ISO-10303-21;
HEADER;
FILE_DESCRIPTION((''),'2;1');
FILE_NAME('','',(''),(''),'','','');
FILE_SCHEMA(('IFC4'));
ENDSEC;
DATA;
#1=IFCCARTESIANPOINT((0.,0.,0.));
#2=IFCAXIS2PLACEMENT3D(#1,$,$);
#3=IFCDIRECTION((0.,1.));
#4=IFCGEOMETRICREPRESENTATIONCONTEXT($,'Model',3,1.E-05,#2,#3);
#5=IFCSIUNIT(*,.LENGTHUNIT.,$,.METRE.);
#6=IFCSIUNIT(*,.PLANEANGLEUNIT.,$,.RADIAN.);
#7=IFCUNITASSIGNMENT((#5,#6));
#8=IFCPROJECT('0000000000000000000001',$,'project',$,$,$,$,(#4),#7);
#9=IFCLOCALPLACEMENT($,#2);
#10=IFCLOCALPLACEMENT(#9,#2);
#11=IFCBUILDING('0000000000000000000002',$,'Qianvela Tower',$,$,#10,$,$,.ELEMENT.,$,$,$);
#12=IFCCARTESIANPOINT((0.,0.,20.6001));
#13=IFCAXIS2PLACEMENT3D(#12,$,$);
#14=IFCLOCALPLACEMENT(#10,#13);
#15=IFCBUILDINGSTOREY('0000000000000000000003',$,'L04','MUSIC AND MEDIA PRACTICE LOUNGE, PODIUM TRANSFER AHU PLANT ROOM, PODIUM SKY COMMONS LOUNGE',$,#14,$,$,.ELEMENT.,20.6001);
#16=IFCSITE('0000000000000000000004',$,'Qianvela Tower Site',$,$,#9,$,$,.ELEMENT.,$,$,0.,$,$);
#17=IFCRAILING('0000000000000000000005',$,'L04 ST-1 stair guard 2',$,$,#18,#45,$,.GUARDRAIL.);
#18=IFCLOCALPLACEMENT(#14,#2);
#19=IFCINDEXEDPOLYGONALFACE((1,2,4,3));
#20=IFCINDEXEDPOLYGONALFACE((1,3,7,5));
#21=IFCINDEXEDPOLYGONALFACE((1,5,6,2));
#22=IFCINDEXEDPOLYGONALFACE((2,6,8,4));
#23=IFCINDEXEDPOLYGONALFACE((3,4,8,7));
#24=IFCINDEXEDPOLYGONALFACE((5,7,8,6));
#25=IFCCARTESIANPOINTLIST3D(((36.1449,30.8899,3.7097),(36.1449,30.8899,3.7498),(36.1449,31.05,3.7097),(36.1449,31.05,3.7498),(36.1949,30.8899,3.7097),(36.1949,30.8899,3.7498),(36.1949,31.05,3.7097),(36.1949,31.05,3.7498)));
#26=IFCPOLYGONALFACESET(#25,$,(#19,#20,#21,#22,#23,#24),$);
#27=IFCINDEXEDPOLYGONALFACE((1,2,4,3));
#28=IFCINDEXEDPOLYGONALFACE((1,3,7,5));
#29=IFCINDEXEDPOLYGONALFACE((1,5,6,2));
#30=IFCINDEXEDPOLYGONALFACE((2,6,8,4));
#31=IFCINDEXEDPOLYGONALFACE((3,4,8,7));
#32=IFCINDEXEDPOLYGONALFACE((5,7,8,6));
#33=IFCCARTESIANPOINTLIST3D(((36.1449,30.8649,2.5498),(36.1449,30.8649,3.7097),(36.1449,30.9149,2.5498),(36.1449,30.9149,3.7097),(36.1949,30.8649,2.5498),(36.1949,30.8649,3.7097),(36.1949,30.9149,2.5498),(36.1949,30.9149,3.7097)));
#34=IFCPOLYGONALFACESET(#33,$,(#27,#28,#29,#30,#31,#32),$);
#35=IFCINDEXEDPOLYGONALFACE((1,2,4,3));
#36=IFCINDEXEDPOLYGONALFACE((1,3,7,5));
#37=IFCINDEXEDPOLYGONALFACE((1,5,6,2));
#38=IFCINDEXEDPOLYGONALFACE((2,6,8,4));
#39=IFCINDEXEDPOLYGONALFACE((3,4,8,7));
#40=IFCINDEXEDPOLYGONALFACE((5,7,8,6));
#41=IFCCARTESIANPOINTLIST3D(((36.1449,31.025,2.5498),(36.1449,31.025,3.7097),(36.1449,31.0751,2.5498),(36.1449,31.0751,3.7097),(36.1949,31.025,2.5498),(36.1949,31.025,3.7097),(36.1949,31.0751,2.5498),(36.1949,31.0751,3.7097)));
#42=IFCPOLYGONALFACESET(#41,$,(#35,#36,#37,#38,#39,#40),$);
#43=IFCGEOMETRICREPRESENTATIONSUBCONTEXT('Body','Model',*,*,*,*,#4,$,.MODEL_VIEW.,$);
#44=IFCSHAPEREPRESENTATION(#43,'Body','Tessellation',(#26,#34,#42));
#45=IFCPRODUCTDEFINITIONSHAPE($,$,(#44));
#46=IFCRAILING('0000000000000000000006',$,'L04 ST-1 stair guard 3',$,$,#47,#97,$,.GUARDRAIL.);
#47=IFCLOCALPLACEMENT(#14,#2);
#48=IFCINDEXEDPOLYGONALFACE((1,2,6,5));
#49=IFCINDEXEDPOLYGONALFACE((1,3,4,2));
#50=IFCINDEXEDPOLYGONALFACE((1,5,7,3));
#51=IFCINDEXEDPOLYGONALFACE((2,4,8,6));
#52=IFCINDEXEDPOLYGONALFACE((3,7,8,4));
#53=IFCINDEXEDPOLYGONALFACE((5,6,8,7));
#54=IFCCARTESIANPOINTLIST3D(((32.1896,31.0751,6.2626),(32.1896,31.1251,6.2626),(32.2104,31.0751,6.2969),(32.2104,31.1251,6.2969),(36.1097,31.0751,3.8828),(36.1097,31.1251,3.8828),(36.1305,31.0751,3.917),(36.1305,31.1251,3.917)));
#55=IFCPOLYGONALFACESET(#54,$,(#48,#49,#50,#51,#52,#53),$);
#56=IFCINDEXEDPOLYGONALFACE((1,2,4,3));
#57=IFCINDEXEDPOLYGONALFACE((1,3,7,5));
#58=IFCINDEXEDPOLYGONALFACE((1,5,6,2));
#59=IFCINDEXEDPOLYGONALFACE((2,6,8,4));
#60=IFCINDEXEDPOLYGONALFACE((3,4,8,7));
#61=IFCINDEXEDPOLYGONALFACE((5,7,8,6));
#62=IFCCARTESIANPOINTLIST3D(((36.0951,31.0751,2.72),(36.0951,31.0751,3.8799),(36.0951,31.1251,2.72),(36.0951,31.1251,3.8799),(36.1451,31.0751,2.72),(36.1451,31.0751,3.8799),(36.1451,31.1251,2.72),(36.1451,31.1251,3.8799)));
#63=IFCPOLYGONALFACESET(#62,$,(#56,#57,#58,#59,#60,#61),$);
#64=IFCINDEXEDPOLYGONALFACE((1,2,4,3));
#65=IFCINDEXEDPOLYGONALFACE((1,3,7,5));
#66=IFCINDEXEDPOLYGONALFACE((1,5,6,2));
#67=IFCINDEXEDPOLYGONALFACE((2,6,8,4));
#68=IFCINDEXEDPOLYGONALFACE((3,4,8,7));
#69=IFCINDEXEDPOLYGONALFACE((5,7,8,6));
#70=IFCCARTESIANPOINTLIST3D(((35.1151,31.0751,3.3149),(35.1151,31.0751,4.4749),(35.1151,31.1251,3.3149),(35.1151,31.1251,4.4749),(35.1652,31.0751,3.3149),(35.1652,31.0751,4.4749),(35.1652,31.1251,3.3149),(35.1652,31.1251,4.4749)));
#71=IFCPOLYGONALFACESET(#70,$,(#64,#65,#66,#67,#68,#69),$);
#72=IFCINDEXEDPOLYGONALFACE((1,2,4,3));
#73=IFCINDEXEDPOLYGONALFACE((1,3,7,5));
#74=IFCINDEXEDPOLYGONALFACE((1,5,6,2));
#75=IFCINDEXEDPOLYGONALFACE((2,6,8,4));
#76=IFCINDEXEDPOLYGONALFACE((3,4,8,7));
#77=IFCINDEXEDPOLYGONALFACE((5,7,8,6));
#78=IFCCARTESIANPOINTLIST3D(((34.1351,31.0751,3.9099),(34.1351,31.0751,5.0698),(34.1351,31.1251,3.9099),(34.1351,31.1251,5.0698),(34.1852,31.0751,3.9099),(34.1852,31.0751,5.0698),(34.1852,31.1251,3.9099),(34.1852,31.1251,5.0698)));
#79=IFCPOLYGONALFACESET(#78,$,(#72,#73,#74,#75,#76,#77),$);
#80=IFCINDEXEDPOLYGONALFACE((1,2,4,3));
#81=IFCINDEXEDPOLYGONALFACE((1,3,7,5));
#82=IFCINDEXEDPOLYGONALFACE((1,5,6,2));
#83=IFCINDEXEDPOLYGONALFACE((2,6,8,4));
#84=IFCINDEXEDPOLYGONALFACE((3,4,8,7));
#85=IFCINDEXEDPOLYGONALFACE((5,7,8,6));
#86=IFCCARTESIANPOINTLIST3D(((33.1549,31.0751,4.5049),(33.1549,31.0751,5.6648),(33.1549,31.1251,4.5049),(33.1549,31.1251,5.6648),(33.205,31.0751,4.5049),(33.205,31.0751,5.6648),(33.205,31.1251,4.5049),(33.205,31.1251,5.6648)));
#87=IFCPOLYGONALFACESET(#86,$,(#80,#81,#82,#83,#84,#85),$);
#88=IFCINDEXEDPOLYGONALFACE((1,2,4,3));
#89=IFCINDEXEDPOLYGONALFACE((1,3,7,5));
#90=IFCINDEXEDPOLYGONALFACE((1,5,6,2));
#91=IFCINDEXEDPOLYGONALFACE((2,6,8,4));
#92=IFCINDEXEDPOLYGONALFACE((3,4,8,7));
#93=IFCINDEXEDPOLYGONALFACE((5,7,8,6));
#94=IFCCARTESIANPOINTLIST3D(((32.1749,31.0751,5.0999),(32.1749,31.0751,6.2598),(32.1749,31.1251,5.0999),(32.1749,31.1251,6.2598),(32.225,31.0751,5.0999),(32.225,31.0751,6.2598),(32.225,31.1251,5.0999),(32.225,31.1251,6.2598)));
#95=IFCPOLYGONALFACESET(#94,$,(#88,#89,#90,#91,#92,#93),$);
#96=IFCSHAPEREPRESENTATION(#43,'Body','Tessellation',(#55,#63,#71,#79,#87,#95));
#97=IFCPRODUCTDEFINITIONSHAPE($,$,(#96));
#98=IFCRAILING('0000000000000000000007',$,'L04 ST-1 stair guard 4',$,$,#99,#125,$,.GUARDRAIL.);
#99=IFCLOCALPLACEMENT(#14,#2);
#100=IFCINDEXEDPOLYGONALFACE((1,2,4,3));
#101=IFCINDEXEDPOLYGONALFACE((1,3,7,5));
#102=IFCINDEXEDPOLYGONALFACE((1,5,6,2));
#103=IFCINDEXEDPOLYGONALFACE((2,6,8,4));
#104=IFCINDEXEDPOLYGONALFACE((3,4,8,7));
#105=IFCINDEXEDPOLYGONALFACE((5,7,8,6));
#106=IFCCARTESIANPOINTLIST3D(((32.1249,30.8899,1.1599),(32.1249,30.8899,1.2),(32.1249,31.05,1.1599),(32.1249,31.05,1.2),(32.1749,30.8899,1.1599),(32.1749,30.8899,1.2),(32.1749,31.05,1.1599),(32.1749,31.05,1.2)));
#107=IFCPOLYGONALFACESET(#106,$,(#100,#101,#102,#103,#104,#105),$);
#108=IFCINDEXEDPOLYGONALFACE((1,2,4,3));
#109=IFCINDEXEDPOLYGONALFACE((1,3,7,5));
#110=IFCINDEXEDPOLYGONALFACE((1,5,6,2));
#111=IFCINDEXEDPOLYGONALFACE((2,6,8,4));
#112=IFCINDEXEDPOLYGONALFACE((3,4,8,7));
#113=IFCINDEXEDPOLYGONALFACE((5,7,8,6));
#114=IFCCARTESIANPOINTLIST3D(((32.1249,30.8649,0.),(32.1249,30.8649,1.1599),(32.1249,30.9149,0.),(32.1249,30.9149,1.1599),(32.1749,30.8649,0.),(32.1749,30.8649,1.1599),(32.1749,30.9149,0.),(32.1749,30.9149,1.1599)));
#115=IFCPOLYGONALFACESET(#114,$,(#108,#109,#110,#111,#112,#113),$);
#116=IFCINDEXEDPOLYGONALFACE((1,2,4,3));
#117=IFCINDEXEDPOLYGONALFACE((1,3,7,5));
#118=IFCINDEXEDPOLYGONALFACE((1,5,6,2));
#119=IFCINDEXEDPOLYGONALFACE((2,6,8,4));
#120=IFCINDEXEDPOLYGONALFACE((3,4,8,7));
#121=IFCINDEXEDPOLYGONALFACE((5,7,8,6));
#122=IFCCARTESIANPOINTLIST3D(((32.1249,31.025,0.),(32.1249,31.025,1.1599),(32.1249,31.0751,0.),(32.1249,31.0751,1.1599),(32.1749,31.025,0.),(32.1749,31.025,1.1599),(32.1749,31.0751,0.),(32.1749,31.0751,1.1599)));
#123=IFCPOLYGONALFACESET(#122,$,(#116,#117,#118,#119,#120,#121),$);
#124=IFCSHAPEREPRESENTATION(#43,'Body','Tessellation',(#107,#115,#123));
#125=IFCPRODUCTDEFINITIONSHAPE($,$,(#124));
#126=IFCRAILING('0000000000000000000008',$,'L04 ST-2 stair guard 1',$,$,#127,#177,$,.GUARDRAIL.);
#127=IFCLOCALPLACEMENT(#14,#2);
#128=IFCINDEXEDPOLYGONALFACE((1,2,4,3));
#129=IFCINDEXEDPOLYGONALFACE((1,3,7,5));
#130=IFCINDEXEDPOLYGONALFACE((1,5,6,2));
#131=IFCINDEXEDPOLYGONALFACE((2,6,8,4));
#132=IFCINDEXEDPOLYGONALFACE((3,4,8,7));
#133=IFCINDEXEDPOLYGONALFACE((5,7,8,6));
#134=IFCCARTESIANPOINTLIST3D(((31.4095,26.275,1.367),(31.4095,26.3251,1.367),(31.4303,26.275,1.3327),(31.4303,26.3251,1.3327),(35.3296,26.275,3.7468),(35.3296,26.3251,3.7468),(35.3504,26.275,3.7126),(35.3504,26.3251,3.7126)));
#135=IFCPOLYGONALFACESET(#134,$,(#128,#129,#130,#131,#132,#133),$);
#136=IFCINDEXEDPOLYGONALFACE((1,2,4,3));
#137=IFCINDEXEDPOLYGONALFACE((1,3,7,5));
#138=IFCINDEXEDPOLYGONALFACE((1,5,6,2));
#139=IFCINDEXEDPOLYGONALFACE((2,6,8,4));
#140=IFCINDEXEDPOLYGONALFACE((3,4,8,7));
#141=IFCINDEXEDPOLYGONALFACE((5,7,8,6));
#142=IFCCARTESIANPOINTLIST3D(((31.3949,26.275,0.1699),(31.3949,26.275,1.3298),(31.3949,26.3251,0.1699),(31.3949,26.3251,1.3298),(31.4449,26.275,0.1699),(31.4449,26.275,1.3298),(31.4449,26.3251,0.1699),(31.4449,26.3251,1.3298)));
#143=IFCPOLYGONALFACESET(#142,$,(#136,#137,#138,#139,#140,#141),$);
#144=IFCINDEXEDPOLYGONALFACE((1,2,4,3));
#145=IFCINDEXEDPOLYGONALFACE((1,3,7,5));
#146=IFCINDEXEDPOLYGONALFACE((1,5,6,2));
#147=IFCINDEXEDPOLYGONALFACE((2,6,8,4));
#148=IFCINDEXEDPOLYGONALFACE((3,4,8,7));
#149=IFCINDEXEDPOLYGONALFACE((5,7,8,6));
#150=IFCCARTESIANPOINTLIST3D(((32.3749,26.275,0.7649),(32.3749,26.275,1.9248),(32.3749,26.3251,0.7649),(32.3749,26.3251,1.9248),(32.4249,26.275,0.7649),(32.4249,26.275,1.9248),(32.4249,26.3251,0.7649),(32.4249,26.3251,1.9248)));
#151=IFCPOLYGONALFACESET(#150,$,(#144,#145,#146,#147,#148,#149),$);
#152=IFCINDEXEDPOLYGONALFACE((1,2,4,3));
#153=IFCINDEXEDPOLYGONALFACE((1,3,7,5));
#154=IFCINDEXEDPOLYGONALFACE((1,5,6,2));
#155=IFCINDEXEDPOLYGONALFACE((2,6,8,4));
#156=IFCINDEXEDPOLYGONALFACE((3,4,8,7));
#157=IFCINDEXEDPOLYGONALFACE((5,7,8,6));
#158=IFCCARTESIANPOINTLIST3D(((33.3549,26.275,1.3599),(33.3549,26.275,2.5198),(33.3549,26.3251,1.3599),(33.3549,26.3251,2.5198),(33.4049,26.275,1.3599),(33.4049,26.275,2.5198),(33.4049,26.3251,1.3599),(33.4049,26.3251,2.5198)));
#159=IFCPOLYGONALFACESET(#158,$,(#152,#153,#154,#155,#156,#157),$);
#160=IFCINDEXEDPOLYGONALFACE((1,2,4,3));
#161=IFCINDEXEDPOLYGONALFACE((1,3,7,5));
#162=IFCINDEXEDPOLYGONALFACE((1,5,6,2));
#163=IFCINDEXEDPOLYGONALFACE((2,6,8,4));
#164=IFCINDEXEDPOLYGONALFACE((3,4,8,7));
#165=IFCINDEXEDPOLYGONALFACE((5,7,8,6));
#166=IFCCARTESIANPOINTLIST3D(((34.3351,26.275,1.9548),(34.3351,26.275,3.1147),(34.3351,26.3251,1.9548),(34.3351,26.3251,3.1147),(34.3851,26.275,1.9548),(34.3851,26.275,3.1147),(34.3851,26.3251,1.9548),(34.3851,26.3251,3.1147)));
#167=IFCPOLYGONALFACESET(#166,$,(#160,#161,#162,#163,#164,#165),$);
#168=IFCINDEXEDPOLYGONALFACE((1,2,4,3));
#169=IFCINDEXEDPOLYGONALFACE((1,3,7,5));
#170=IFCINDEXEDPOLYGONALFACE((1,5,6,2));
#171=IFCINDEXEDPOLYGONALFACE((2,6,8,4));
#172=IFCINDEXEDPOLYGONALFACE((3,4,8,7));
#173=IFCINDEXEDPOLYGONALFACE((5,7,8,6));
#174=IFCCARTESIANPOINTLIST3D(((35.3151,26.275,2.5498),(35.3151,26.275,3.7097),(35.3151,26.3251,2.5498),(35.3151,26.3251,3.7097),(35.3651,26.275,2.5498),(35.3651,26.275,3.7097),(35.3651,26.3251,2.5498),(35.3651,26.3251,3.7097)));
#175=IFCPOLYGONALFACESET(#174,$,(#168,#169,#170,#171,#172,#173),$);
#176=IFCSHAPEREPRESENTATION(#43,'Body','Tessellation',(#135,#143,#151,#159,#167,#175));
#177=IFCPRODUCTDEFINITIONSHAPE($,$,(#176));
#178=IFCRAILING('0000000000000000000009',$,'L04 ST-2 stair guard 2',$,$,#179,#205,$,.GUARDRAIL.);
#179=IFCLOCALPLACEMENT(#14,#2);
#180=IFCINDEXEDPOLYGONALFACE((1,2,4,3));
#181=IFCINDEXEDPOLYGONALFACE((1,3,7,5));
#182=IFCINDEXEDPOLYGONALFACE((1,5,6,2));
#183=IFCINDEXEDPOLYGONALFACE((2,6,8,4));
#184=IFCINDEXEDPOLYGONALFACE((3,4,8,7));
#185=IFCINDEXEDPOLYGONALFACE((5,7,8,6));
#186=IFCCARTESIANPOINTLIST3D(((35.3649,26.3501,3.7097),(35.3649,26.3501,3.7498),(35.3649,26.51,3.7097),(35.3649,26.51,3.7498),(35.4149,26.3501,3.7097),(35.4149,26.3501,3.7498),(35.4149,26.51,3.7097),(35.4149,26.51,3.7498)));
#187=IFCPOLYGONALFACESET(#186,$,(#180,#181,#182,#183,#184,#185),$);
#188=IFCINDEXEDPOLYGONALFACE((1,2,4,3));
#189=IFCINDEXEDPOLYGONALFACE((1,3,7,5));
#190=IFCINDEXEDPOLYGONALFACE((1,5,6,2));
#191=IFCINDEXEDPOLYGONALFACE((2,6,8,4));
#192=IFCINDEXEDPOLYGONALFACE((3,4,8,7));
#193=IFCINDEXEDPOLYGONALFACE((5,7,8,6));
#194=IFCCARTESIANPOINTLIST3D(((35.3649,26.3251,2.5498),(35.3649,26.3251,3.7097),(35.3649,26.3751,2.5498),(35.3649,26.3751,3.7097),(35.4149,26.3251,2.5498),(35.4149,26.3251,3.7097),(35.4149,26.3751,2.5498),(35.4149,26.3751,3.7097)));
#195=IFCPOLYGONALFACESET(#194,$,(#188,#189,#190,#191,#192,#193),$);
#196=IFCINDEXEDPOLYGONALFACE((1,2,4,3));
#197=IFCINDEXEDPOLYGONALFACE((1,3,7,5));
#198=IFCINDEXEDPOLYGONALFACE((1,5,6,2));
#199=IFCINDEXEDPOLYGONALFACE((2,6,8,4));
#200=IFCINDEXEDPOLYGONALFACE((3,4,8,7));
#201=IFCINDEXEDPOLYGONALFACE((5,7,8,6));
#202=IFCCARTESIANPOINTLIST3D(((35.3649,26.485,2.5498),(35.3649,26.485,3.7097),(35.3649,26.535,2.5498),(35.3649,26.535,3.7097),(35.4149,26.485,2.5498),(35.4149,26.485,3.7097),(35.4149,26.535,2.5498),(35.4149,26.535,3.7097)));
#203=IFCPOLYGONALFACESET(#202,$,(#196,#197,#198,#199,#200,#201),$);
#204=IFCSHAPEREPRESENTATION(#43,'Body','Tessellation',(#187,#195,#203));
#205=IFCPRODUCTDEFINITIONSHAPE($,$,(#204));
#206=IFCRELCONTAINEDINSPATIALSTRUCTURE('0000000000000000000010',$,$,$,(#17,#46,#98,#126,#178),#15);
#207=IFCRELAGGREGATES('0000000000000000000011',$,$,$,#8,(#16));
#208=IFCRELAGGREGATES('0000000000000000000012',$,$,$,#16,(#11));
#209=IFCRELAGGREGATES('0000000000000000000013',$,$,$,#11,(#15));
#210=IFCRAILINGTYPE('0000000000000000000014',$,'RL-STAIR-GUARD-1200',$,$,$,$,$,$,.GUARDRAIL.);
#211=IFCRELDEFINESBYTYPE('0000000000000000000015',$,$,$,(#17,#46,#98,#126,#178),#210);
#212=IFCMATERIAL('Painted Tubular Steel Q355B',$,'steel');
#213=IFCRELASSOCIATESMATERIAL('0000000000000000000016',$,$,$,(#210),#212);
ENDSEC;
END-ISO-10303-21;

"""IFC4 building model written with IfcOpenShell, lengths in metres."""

from ifc_helpers import new_model, si_unit, direction, frame, origin, origin_2d, place, context, subcontext, project, spatial, rectangle, extrude, material, type_object, element, save


model = new_model("IFC4")

# Units and contexts
model_context = context("Model", 3, precision=1e-05, world=origin(), true_north=direction((0.0, 1.0)))
body_context = subcontext(model_context, "Body", "Model", "MODEL_VIEW")
ifc_project = project(units=[si_unit("LENGTHUNIT", "METRE"), si_unit("PLANEANGLEUNIT", "RADIAN")], contexts=[model_context])

# Site, building, storey
site_placement = place(None, origin())
site = spatial("IfcSite", under=ifc_project, at=site_placement, Name="Qianvela Tower Site", CompositionType="ELEMENT", RefElevation=0.0)
building_placement = place(site_placement, origin())
building = spatial("IfcBuilding", under=site, at=building_placement, Name="Qianvela Tower", CompositionType="ELEMENT")
storey_placement = place(building_placement, frame((0.0, 0.0, 20.6001)))
storey = spatial("IfcBuildingStorey", under=building, at=storey_placement, Name="L04", Description="MUSIC AND MEDIA PRACTICE LOUNGE, PODIUM TRANSFER AHU PLANT ROOM, PODIUM SKY COMMONS LOUNGE", CompositionType="ELEMENT", Elevation=20.6001)

# Railings
ifc_material_1 = material(Name="Painted Tubular Steel Q355B", Category="steel")
railing_type_1 = type_object("IfcRailingType", Name="RL-STAIR-GUARD-1200", PredefinedType="GUARDRAIL", material=ifc_material_1)
railing_1_placement = place(storey_placement, frame((36.1699, 30.8899, 2.5498)))
element("IfcRailing", 1, at=railing_1_placement, inside=storey, type_object=railing_type_1, Name="L04 ST-1 stair guard 2", PredefinedType="GUARDRAIL", context=body_context, shape_type="SweptSolid", body=[
    extrude(rectangle(XDim=0.05, YDim=0.04, at=origin_2d()), frame((0.0, 0.0, 1.1799), z_axis=(0.0, 1.0, 0.0), x_axis=(-1.0, 0.0, 0.0)), (0.0, 0.0, 1.0), 0.1602),
    extrude(rectangle(XDim=0.05, YDim=0.05, at=origin_2d()), origin(), (0.0, 0.0, 1.0), 1.1599),
    extrude(rectangle(XDim=0.05, YDim=0.05, at=origin_2d()), frame((0.0, 0.1602, 0.0)), (0.0, 0.0, 1.0), 1.1599),
])
railing_2_placement = place(storey_placement, frame((36.1201, 31.1001, 2.72)))
element("IfcRailing", 2, at=railing_2_placement, inside=storey, type_object=railing_type_1, Name="L04 ST-1 stair guard 3", PredefinedType="GUARDRAIL", context=body_context, shape_type="SweptSolid", body=[
    extrude(rectangle(XDim=0.05, YDim=0.04, at=origin_2d()), frame((0.0, 0.0, 1.1799), z_axis=(-0.854809, 0.0, 0.518943), x_axis=(0.0, -1.0, 0.0)), (0.0, 0.0, 1.0), 4.5859),
    extrude(rectangle(XDim=0.05, YDim=0.05, at=origin_2d()), origin(), (0.0, 0.0, 1.0), 1.1599),
    extrude(rectangle(XDim=0.05, YDim=0.05, at=origin_2d()), frame((-0.98, 0.0, 0.595)), (0.0, 0.0, 1.0), 1.1599),
    extrude(rectangle(XDim=0.05, YDim=0.05, at=origin_2d()), frame((-1.96, 0.0, 1.1899)), (0.0, 0.0, 1.0), 1.1599),
    extrude(rectangle(XDim=0.05, YDim=0.05, at=origin_2d()), frame((-2.9402, 0.0, 1.7849)), (0.0, 0.0, 1.0), 1.1599),
    extrude(rectangle(XDim=0.05, YDim=0.05, at=origin_2d()), frame((-3.9202, 0.0, 2.3799)), (0.0, 0.0, 1.0), 1.1599),
])
railing_3_placement = place(storey_placement, frame((32.1499, 30.8899, 0.0)))
element("IfcRailing", 3, at=railing_3_placement, inside=storey, type_object=railing_type_1, Name="L04 ST-1 stair guard 4", PredefinedType="GUARDRAIL", context=body_context, shape_type="SweptSolid", body=[
    extrude(rectangle(XDim=0.05, YDim=0.04, at=origin_2d()), frame((0.0, 0.0, 1.1799), z_axis=(0.0, 1.0, 0.0), x_axis=(-1.0, 0.0, 0.0)), (0.0, 0.0, 1.0), 0.1602),
    extrude(rectangle(XDim=0.05, YDim=0.05, at=origin_2d()), origin(), (0.0, 0.0, 1.0), 1.1599),
    extrude(rectangle(XDim=0.05, YDim=0.05, at=origin_2d()), frame((0.0, 0.1602, 0.0)), (0.0, 0.0, 1.0), 1.1599),
])
railing_4_placement = place(storey_placement, frame((31.4199, 26.3, 0.1699)))
element("IfcRailing", 4, at=railing_4_placement, inside=storey, type_object=railing_type_1, Name="L04 ST-2 stair guard 1", PredefinedType="GUARDRAIL", context=body_context, shape_type="SweptSolid", body=[
    extrude(rectangle(XDim=0.05, YDim=0.04, at=origin_2d()), frame((0.0, 0.0, 1.1799), z_axis=(0.854809, 0.0, 0.518943), x_axis=(0.0, 1.0, 0.0)), (0.0, 0.0, 1.0), 4.5859),
    extrude(rectangle(XDim=0.05, YDim=0.05, at=origin_2d()), origin(), (0.0, 0.0, 1.0), 1.1599),
    extrude(rectangle(XDim=0.05, YDim=0.05, at=origin_2d()), frame((0.98, 0.0, 0.595)), (0.0, 0.0, 1.0), 1.1599),
    extrude(rectangle(XDim=0.05, YDim=0.05, at=origin_2d()), frame((1.96, 0.0, 1.1899)), (0.0, 0.0, 1.0), 1.1599),
    extrude(rectangle(XDim=0.05, YDim=0.05, at=origin_2d()), frame((2.9402, 0.0, 1.7849)), (0.0, 0.0, 1.0), 1.1599),
    extrude(rectangle(XDim=0.05, YDim=0.05, at=origin_2d()), frame((3.9202, 0.0, 2.3799)), (0.0, 0.0, 1.0), 1.1599),
])
railing_5_placement = place(storey_placement, frame((35.3899, 26.3501, 2.5498)))
element("IfcRailing", 5, at=railing_5_placement, inside=storey, type_object=railing_type_1, Name="L04 ST-2 stair guard 2", PredefinedType="GUARDRAIL", context=body_context, shape_type="SweptSolid", body=[
    extrude(rectangle(XDim=0.05, YDim=0.04, at=origin_2d()), frame((0.0, 0.0, 1.1799), z_axis=(0.0, 1.0, 0.0), x_axis=(-1.0, 0.0, 0.0)), (0.0, 0.0, 1.0), 0.1599),
    extrude(rectangle(XDim=0.05, YDim=0.05, at=origin_2d()), origin(), (0.0, 0.0, 1.0), 1.1599),
    extrude(rectangle(XDim=0.05, YDim=0.05, at=origin_2d()), frame((0.0, 0.1599, 0.0)), (0.0, 0.0, 1.0), 1.1599),
])

save(model, "model.ifc")
